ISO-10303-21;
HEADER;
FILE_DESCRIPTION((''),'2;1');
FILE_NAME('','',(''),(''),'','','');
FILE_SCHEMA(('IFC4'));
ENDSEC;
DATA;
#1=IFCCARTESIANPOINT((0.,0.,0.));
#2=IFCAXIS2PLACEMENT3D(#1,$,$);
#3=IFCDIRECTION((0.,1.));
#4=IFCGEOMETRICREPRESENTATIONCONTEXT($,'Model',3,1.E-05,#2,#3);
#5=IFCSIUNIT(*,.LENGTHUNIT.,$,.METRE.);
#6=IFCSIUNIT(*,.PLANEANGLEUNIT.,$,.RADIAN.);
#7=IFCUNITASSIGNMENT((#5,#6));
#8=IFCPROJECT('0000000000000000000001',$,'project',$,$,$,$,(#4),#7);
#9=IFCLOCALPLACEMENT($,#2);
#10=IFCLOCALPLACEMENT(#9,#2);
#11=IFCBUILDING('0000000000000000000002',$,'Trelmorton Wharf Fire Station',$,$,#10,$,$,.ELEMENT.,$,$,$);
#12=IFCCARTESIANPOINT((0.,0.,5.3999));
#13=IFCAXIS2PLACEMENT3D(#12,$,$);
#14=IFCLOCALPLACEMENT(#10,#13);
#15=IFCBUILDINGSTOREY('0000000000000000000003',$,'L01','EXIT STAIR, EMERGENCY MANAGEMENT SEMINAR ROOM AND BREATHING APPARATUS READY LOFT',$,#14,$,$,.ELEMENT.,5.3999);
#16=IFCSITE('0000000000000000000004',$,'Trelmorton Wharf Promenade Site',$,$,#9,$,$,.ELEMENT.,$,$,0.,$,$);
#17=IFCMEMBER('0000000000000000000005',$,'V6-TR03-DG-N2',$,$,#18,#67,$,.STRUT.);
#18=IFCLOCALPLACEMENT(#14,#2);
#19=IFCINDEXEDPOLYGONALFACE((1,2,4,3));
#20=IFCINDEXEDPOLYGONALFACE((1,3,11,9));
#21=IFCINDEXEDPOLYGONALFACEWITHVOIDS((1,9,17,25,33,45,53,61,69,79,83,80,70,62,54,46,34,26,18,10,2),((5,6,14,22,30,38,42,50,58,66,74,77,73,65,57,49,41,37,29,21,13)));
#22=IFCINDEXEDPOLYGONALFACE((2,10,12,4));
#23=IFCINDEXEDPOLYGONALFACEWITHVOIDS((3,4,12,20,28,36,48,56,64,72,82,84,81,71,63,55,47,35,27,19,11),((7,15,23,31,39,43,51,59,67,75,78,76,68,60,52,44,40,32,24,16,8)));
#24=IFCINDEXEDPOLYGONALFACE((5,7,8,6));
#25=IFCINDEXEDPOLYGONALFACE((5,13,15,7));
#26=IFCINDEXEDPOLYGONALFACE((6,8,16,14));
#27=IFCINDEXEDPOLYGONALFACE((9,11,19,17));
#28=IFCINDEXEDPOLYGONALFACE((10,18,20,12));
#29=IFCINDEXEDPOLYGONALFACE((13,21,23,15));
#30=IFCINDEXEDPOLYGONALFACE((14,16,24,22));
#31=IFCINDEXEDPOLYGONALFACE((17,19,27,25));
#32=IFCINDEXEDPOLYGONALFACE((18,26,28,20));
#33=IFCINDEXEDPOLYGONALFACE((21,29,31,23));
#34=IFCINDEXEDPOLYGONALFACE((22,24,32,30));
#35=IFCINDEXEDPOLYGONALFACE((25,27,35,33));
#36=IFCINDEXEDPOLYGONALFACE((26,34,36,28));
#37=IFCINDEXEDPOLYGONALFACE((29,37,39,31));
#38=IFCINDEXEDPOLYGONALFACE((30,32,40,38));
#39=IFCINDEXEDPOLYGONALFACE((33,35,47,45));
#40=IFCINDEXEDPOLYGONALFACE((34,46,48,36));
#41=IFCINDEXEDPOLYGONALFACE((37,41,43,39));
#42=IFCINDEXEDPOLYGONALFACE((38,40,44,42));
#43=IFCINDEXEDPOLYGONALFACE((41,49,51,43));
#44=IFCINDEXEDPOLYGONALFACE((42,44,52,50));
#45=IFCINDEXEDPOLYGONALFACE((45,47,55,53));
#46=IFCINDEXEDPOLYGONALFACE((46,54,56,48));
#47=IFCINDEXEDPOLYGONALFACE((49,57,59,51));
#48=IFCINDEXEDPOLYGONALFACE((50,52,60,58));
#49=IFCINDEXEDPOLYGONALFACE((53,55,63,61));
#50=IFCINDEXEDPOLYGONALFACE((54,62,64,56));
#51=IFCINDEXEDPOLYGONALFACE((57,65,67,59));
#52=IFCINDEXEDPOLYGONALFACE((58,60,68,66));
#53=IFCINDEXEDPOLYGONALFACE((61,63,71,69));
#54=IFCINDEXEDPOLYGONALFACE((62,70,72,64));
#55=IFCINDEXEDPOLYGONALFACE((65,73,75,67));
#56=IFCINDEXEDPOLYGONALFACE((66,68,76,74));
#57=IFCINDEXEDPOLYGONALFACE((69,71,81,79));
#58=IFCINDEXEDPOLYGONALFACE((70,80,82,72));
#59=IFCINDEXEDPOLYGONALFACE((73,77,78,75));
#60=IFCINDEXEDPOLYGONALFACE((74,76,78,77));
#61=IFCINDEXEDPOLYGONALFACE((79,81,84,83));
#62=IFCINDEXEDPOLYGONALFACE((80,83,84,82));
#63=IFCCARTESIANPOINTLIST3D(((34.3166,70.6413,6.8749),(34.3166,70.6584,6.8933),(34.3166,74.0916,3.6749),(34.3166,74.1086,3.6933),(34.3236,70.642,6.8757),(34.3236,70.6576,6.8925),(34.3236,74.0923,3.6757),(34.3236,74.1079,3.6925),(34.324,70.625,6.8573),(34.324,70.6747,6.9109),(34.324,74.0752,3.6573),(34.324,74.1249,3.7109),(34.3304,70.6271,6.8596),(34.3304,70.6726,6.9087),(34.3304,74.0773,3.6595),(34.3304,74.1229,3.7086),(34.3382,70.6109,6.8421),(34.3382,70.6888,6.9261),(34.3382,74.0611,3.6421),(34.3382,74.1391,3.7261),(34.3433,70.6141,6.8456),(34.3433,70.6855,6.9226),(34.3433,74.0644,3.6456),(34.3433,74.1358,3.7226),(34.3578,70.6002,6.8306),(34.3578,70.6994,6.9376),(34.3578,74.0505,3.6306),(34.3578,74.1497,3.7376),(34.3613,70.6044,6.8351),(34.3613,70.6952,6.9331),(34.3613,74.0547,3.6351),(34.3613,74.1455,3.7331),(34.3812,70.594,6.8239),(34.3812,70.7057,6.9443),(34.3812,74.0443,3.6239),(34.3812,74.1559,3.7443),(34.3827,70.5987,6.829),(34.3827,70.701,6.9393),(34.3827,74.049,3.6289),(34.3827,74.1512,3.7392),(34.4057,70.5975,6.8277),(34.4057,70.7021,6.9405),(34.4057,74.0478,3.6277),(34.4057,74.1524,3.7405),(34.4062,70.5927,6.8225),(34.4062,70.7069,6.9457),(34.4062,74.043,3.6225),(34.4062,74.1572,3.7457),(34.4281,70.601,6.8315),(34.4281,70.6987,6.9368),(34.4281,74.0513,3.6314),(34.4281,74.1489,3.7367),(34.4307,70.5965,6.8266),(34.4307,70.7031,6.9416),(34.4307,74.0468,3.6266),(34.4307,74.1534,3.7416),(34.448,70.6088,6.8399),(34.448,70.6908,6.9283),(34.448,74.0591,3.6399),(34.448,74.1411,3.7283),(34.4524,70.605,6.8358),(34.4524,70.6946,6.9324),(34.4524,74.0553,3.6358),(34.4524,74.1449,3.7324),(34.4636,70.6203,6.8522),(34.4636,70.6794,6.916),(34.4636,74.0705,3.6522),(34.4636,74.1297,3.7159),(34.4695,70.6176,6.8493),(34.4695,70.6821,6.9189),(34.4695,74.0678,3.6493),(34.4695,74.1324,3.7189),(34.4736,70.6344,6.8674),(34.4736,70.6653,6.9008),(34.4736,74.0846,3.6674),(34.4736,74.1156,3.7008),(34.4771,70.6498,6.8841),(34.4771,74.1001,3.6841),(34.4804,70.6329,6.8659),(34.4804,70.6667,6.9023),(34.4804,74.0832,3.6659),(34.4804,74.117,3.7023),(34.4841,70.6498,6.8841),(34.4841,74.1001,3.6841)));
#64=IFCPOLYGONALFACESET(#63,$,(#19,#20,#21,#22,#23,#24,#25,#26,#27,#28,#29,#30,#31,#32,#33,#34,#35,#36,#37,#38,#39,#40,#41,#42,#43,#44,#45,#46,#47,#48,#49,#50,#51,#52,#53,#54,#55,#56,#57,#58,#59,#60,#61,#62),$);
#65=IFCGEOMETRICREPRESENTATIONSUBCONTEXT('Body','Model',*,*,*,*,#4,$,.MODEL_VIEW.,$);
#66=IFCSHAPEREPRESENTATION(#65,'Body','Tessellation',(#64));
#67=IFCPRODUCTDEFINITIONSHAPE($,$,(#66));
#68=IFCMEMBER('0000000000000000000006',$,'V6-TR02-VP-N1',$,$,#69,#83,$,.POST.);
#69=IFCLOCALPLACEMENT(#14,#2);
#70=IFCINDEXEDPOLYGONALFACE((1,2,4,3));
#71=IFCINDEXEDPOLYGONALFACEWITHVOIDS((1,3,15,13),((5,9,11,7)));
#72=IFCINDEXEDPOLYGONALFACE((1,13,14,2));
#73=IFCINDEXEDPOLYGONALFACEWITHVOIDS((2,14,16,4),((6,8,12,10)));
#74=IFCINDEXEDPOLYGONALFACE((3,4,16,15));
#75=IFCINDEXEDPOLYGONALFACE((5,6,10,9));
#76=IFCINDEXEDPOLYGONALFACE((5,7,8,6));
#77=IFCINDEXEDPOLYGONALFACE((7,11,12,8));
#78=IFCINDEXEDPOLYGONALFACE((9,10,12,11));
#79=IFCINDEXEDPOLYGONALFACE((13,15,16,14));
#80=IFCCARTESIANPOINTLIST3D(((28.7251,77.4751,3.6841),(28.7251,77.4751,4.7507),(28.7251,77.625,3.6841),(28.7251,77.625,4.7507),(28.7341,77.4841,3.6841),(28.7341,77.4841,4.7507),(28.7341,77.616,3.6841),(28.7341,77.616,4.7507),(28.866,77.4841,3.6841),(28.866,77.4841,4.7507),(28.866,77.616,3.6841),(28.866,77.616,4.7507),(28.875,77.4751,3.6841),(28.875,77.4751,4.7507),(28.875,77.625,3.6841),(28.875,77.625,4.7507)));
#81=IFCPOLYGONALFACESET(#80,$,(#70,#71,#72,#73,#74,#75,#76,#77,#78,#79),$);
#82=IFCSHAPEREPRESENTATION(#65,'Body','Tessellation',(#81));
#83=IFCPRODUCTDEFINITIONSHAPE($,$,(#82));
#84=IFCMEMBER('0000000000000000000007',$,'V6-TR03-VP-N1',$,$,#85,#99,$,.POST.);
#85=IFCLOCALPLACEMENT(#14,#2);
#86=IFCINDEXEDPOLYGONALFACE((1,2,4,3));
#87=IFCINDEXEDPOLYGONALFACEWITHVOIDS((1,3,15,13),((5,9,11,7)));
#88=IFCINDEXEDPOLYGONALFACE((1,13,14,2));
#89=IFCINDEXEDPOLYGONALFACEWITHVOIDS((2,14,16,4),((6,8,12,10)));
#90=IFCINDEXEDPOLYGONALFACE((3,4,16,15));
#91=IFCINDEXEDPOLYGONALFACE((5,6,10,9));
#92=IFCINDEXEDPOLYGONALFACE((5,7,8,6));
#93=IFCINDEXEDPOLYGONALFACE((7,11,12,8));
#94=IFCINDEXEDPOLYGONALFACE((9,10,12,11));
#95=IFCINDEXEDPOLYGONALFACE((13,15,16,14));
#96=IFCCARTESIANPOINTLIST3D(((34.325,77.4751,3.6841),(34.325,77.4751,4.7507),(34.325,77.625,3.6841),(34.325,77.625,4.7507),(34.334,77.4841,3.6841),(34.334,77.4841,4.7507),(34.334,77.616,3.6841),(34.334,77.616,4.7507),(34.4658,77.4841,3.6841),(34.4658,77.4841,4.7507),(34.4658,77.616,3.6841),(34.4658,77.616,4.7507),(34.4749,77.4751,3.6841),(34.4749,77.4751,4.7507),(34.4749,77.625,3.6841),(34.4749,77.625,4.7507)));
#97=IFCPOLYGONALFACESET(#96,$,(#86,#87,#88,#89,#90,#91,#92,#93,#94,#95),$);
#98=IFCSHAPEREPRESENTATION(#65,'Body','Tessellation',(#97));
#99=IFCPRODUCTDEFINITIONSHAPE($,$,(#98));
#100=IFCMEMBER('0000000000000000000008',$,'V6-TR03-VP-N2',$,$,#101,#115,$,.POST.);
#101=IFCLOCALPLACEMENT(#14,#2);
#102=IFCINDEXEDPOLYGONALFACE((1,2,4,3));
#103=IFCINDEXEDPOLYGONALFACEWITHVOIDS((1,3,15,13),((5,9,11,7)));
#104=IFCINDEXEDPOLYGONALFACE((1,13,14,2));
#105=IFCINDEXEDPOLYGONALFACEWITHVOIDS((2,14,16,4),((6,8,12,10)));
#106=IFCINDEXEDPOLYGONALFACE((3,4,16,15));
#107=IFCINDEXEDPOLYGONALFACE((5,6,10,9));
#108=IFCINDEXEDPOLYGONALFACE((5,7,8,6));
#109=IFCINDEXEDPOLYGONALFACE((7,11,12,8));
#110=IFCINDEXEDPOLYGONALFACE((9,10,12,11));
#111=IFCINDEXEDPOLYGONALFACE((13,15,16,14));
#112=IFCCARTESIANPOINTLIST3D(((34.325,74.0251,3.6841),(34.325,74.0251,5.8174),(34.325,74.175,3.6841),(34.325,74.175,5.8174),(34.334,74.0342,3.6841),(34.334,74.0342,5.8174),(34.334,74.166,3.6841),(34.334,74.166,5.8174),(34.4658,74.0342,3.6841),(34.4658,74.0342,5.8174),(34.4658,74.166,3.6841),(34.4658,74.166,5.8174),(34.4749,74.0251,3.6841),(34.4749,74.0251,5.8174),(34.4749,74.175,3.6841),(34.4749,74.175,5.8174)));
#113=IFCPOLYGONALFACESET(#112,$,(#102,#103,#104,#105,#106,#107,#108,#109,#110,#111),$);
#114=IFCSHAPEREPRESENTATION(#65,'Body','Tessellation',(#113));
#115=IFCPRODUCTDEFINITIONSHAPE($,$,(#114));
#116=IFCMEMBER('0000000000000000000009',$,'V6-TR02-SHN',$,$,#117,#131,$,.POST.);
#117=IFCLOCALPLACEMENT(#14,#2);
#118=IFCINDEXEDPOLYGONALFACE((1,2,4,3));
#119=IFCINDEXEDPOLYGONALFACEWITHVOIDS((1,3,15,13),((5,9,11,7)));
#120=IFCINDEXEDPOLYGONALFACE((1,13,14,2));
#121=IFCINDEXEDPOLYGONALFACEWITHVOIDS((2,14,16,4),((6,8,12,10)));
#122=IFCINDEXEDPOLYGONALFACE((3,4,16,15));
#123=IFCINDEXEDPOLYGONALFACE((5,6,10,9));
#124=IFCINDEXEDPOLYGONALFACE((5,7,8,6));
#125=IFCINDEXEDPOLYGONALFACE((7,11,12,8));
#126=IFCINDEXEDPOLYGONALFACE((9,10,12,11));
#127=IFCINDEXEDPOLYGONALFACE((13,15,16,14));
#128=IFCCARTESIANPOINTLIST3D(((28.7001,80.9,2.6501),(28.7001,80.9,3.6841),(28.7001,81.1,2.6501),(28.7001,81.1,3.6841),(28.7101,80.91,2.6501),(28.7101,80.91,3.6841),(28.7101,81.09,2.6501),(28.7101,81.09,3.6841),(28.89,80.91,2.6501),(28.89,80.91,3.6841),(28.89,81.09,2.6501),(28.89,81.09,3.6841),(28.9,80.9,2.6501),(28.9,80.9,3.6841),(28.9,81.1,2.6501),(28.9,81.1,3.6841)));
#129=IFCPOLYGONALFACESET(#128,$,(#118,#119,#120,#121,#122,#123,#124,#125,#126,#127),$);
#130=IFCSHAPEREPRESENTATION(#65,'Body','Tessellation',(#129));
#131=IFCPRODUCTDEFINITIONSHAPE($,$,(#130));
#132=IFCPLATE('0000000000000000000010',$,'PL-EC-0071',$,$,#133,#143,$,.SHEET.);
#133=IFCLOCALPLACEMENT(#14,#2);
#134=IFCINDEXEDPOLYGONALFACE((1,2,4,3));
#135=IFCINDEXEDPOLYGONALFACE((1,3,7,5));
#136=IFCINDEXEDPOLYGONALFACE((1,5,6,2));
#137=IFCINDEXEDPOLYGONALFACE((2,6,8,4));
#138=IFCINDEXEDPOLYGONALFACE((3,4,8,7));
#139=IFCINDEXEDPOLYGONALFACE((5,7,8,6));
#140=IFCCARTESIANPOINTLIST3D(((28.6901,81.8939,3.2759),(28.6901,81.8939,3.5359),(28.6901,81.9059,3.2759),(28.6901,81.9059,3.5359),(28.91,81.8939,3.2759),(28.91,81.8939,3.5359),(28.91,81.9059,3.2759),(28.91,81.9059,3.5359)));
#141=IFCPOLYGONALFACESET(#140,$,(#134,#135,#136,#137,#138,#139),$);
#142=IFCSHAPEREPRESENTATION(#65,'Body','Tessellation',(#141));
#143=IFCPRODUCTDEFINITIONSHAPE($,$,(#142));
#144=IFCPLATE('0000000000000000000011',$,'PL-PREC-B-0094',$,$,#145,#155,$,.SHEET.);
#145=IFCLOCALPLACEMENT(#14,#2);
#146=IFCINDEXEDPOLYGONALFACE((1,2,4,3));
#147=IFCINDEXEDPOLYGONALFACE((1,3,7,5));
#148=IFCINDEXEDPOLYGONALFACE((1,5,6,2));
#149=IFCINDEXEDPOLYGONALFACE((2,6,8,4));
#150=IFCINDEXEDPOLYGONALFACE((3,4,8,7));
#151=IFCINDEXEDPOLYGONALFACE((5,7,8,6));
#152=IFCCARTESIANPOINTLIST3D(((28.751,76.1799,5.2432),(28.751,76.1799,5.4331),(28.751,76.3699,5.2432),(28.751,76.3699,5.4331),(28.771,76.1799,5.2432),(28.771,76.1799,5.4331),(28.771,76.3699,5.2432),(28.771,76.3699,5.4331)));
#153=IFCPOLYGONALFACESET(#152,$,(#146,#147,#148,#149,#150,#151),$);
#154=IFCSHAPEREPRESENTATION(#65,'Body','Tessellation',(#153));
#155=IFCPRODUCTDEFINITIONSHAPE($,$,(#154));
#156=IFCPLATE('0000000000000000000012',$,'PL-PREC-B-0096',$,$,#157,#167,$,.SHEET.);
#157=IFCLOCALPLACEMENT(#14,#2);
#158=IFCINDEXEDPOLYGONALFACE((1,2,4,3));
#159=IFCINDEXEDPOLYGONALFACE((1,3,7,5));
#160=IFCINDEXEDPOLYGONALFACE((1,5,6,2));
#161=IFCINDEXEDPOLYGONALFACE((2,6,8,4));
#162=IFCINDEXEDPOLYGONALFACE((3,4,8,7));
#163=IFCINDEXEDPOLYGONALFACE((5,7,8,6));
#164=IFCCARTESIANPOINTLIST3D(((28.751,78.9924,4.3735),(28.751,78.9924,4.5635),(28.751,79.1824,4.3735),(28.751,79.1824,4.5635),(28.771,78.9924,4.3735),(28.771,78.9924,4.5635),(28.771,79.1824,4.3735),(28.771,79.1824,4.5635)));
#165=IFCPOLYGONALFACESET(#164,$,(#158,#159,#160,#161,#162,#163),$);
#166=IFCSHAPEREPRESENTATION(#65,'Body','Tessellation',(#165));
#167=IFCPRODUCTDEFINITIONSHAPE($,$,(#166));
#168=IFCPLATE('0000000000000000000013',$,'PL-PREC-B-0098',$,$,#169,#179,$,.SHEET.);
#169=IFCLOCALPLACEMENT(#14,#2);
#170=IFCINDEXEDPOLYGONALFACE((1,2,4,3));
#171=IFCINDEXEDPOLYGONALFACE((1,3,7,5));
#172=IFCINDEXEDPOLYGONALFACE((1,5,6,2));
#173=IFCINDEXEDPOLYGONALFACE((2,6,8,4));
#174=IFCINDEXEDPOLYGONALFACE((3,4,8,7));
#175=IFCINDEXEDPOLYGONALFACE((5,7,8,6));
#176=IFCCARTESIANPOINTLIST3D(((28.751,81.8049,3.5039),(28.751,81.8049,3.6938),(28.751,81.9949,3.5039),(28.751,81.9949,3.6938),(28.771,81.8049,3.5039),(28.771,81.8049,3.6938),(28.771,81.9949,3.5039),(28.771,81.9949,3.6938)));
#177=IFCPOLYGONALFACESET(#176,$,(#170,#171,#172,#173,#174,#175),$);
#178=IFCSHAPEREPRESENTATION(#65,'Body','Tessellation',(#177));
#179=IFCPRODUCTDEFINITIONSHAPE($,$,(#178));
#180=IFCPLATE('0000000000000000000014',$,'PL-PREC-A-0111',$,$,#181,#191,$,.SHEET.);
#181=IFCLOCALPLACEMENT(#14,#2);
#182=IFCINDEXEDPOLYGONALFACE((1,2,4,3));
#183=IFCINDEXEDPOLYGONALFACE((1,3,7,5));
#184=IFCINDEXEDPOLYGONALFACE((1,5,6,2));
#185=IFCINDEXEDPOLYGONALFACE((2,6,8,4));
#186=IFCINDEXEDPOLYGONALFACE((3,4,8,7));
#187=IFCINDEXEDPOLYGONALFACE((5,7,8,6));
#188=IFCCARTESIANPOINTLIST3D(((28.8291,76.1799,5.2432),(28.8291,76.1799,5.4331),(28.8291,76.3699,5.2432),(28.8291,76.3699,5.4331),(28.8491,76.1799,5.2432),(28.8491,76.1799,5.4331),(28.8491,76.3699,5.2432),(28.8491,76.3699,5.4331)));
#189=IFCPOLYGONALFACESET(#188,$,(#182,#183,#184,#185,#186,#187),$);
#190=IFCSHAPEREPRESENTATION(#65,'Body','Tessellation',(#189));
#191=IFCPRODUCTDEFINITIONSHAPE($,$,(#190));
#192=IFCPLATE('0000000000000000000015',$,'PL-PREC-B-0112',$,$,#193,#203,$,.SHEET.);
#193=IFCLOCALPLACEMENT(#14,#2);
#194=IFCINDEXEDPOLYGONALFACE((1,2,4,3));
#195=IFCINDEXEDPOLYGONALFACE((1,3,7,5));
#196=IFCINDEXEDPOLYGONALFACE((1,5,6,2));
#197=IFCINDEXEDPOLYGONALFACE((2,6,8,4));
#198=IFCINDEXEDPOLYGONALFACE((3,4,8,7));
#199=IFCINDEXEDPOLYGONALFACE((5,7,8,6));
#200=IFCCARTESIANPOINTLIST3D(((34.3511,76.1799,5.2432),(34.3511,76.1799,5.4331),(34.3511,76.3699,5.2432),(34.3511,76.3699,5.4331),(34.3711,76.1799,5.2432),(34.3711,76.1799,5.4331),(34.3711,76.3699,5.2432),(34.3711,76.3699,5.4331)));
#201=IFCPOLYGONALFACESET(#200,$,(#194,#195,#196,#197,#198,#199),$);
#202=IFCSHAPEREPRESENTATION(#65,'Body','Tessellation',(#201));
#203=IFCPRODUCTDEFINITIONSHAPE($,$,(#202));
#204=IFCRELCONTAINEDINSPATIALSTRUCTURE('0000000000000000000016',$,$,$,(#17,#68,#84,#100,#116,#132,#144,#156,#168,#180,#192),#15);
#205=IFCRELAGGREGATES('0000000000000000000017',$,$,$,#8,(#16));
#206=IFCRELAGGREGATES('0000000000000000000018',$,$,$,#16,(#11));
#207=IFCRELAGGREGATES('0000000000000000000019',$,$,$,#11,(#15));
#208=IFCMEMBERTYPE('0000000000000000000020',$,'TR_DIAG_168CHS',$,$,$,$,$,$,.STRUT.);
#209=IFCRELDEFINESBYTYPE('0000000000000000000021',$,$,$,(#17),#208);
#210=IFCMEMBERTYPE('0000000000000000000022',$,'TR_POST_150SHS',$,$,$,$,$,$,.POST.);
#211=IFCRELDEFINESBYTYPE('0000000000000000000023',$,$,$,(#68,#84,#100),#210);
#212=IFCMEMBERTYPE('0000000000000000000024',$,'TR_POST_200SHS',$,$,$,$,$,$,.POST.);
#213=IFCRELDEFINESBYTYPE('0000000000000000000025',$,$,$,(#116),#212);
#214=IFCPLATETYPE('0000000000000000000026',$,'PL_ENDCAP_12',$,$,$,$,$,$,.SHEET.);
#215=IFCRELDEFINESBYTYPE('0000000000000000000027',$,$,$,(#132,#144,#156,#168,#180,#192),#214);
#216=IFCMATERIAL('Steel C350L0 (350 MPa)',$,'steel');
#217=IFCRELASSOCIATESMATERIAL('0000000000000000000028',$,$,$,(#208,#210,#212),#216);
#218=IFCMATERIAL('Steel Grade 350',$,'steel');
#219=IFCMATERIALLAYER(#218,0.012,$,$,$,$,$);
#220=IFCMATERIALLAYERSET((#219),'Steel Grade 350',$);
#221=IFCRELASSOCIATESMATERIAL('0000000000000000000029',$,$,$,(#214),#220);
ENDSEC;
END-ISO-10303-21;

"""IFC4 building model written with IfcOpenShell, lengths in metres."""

from ifc_helpers import new_model, si_unit, direction, frame, origin, origin_2d, place, context, subcontext, project, spatial, rectangle, hollow_rectangle, hollow_circle, extrude, material, layer, layer_set, material_profile, profile_set, type_object, element, save


model = new_model("IFC4")

# Units and contexts
model_context = context("Model", 3, precision=1e-05, world=origin(), true_north=direction((0.0, 1.0)))
body_context = subcontext(model_context, "Body", "Model", "MODEL_VIEW")
ifc_project = project(units=[si_unit("LENGTHUNIT", "METRE"), si_unit("PLANEANGLEUNIT", "RADIAN")], contexts=[model_context])

# Site, building, storey
site_placement = place(None, origin())
site = spatial("IfcSite", under=ifc_project, at=site_placement, Name="Trelmorton Wharf Promenade Site", CompositionType="ELEMENT", RefElevation=0.0)
building_placement = place(site_placement, origin())
building = spatial("IfcBuilding", under=site, at=building_placement, Name="Trelmorton Wharf Fire Station", CompositionType="ELEMENT")
storey_placement = place(building_placement, frame((0.0, 0.0, 5.3999)))
storey = spatial("IfcBuildingStorey", under=building, at=storey_placement, Name="L01", Description="EXIT STAIR, EMERGENCY MANAGEMENT SEMINAR ROOM AND BREATHING APPARATUS READY LOFT", CompositionType="ELEMENT", Elevation=5.3999)

# Shared definitions
ifc_material_1 = material(Name="Steel Grade 350", Category="steel")

# Shared definitions
ifc_material_2 = material(Name="Steel C350L0 (350 MPa)", Category="steel")

# Members
ifc_material_profile_1 = material_profile(ifc_material_2, hollow_circle(Radius=0.0842, WallThickness=0.0071, at=origin_2d()), Name="168.3x7.1CHS")
ifc_profile_set_1 = profile_set([ifc_material_profile_1], Name="Steel C350L0 (350 MPa)")
member_type_1 = type_object("IfcMemberType", Name="TR_DIAG_168CHS", PredefinedType="STRUT", material=ifc_profile_set_1)
member_1_placement = place(storey_placement, frame((34.3999, 74.1001, 3.6841), z_axis=(0.0, -0.733196, 0.680017), x_axis=(1.0, 0.0, 0.0)))
element("IfcMember", 1, at=member_1_placement, inside=storey, type_object=member_type_1, Name="V6-TR03-DG-N2", PredefinedType="STRUT", context=body_context, shape_type="SweptSolid", body=[
    extrude(hollow_circle(Radius=0.0842, WallThickness=0.0071, at=origin_2d()), origin(), (0.0, 0.0, 1.0), 4.7058),
])
ifc_material_profile_2 = material_profile(ifc_material_2, hollow_rectangle(XDim=0.1499, YDim=0.1499, WallThickness=0.009, at=origin_2d()), Name="150x150x9.0SHS")
ifc_profile_set_2 = profile_set([ifc_material_profile_2], Name="Steel C350L0 (350 MPa)")
member_type_2 = type_object("IfcMemberType", Name="TR_POST_150SHS", PredefinedType="POST", material=ifc_profile_set_2)
for number, where, z_axis, x_axis, name in (
    (2, (28.8, 77.55, 3.6841), (0.0, 0.0, 1.0), (1.0, 0.0, 0.0), "V6-TR02-VP-N1"),
    (3, (34.3999, 77.55, 3.6841), (0.0, 0.0, 1.0), (1.0, 0.0, 0.0), "V6-TR03-VP-N1"),
):
    element("IfcMember", number, at=place(storey_placement, frame(where, z_axis=z_axis, x_axis=x_axis)), inside=storey, type_object=member_type_2, Name=name, PredefinedType="POST", context=body_context, shape_type="SweptSolid", body=[
        extrude(hollow_rectangle(XDim=0.1499, YDim=0.1499, WallThickness=0.009, at=origin_2d()), origin(), (0.0, 0.0, 1.0), 1.0667),
    ])
member_2_placement = place(storey_placement, frame((34.3999, 74.1001, 3.6841), z_axis=(0.0, 0.0, 1.0), x_axis=(1.0, 0.0, 0.0)))
element("IfcMember", 4, at=member_2_placement, inside=storey, type_object=member_type_2, Name="V6-TR03-VP-N2", PredefinedType="POST", context=body_context, shape_type="SweptSolid", body=[
    extrude(hollow_rectangle(XDim=0.1499, YDim=0.1499, WallThickness=0.009, at=origin_2d()), origin(), (0.0, 0.0, 1.0), 2.1333),
])
ifc_material_profile_3 = material_profile(ifc_material_2, hollow_rectangle(XDim=0.2, YDim=0.2, WallThickness=0.01, at=origin_2d()), Name="200x200x10.0SHS")
ifc_profile_set_3 = profile_set([ifc_material_profile_3], Name="Steel C350L0 (350 MPa)")
member_type_3 = type_object("IfcMemberType", Name="TR_POST_200SHS", PredefinedType="POST", material=ifc_profile_set_3)
member_3_placement = place(storey_placement, frame((28.8, 81.0, 2.6501), z_axis=(0.0, 0.0, 1.0), x_axis=(1.0, 0.0, 0.0)))
element("IfcMember", 5, at=member_3_placement, inside=storey, type_object=member_type_3, Name="V6-TR02-SHN", PredefinedType="POST", context=body_context, shape_type="SweptSolid", body=[
    extrude(hollow_rectangle(XDim=0.2, YDim=0.2, WallThickness=0.01, at=origin_2d()), origin(), (0.0, 0.0, 1.0), 1.0339),
])

# Plates
ifc_layer_1 = layer(ifc_material_1, 0.012)
ifc_layer_set_1 = layer_set([ifc_layer_1], Name="Steel Grade 350")
plate_type_1 = type_object("IfcPlateType", Name="PL_ENDCAP_12", PredefinedType="SHEET", material=ifc_layer_set_1)
plate_1_placement = place(storey_placement, frame((28.8, 81.8999, 3.2759), z_axis=(0.0, 0.0, 1.0), x_axis=(1.0, 0.0, 0.0)))
element("IfcPlate", 6, at=plate_1_placement, inside=storey, type_object=plate_type_1, Name="PL-EC-0071", PredefinedType="SHEET", context=body_context, shape_type="SweptSolid", body=[
    extrude(rectangle(XDim=0.22, YDim=0.012, at=origin_2d()), origin(), (0.0, 0.0, 1.0), 0.26),
])
for number, where, z_axis, x_axis, name in (
    (7, (28.761, 76.2749, 5.2432), (0.0, 0.0, 1.0), (1.0, 0.0, 0.0), "PL-PREC-B-0094"),
    (8, (28.761, 79.0874, 4.3735), (0.0, 0.0, 1.0), (1.0, 0.0, 0.0), "PL-PREC-B-0096"),
    (9, (28.761, 81.8999, 3.5039), (0.0, 0.0, 1.0), (1.0, 0.0, 0.0), "PL-PREC-B-0098"),
    (10, (28.8391, 76.2749, 5.2432), (0.0, 0.0, 1.0), (1.0, 0.0, 0.0), "PL-PREC-A-0111"),
    (11, (34.3611, 76.2749, 5.2432), (0.0, 0.0, 1.0), (1.0, 0.0, 0.0), "PL-PREC-B-0112"),
):
    element("IfcPlate", number, at=place(storey_placement, frame(where, z_axis=z_axis, x_axis=x_axis)), inside=storey, type_object=plate_type_1, Name=name, PredefinedType="SHEET", context=body_context, shape_type="SweptSolid", body=[
        extrude(rectangle(XDim=0.02, YDim=0.1899, at=origin_2d()), origin(), (0.0, 0.0, 1.0), 0.1899),
    ])

save(model, "model.ifc")
